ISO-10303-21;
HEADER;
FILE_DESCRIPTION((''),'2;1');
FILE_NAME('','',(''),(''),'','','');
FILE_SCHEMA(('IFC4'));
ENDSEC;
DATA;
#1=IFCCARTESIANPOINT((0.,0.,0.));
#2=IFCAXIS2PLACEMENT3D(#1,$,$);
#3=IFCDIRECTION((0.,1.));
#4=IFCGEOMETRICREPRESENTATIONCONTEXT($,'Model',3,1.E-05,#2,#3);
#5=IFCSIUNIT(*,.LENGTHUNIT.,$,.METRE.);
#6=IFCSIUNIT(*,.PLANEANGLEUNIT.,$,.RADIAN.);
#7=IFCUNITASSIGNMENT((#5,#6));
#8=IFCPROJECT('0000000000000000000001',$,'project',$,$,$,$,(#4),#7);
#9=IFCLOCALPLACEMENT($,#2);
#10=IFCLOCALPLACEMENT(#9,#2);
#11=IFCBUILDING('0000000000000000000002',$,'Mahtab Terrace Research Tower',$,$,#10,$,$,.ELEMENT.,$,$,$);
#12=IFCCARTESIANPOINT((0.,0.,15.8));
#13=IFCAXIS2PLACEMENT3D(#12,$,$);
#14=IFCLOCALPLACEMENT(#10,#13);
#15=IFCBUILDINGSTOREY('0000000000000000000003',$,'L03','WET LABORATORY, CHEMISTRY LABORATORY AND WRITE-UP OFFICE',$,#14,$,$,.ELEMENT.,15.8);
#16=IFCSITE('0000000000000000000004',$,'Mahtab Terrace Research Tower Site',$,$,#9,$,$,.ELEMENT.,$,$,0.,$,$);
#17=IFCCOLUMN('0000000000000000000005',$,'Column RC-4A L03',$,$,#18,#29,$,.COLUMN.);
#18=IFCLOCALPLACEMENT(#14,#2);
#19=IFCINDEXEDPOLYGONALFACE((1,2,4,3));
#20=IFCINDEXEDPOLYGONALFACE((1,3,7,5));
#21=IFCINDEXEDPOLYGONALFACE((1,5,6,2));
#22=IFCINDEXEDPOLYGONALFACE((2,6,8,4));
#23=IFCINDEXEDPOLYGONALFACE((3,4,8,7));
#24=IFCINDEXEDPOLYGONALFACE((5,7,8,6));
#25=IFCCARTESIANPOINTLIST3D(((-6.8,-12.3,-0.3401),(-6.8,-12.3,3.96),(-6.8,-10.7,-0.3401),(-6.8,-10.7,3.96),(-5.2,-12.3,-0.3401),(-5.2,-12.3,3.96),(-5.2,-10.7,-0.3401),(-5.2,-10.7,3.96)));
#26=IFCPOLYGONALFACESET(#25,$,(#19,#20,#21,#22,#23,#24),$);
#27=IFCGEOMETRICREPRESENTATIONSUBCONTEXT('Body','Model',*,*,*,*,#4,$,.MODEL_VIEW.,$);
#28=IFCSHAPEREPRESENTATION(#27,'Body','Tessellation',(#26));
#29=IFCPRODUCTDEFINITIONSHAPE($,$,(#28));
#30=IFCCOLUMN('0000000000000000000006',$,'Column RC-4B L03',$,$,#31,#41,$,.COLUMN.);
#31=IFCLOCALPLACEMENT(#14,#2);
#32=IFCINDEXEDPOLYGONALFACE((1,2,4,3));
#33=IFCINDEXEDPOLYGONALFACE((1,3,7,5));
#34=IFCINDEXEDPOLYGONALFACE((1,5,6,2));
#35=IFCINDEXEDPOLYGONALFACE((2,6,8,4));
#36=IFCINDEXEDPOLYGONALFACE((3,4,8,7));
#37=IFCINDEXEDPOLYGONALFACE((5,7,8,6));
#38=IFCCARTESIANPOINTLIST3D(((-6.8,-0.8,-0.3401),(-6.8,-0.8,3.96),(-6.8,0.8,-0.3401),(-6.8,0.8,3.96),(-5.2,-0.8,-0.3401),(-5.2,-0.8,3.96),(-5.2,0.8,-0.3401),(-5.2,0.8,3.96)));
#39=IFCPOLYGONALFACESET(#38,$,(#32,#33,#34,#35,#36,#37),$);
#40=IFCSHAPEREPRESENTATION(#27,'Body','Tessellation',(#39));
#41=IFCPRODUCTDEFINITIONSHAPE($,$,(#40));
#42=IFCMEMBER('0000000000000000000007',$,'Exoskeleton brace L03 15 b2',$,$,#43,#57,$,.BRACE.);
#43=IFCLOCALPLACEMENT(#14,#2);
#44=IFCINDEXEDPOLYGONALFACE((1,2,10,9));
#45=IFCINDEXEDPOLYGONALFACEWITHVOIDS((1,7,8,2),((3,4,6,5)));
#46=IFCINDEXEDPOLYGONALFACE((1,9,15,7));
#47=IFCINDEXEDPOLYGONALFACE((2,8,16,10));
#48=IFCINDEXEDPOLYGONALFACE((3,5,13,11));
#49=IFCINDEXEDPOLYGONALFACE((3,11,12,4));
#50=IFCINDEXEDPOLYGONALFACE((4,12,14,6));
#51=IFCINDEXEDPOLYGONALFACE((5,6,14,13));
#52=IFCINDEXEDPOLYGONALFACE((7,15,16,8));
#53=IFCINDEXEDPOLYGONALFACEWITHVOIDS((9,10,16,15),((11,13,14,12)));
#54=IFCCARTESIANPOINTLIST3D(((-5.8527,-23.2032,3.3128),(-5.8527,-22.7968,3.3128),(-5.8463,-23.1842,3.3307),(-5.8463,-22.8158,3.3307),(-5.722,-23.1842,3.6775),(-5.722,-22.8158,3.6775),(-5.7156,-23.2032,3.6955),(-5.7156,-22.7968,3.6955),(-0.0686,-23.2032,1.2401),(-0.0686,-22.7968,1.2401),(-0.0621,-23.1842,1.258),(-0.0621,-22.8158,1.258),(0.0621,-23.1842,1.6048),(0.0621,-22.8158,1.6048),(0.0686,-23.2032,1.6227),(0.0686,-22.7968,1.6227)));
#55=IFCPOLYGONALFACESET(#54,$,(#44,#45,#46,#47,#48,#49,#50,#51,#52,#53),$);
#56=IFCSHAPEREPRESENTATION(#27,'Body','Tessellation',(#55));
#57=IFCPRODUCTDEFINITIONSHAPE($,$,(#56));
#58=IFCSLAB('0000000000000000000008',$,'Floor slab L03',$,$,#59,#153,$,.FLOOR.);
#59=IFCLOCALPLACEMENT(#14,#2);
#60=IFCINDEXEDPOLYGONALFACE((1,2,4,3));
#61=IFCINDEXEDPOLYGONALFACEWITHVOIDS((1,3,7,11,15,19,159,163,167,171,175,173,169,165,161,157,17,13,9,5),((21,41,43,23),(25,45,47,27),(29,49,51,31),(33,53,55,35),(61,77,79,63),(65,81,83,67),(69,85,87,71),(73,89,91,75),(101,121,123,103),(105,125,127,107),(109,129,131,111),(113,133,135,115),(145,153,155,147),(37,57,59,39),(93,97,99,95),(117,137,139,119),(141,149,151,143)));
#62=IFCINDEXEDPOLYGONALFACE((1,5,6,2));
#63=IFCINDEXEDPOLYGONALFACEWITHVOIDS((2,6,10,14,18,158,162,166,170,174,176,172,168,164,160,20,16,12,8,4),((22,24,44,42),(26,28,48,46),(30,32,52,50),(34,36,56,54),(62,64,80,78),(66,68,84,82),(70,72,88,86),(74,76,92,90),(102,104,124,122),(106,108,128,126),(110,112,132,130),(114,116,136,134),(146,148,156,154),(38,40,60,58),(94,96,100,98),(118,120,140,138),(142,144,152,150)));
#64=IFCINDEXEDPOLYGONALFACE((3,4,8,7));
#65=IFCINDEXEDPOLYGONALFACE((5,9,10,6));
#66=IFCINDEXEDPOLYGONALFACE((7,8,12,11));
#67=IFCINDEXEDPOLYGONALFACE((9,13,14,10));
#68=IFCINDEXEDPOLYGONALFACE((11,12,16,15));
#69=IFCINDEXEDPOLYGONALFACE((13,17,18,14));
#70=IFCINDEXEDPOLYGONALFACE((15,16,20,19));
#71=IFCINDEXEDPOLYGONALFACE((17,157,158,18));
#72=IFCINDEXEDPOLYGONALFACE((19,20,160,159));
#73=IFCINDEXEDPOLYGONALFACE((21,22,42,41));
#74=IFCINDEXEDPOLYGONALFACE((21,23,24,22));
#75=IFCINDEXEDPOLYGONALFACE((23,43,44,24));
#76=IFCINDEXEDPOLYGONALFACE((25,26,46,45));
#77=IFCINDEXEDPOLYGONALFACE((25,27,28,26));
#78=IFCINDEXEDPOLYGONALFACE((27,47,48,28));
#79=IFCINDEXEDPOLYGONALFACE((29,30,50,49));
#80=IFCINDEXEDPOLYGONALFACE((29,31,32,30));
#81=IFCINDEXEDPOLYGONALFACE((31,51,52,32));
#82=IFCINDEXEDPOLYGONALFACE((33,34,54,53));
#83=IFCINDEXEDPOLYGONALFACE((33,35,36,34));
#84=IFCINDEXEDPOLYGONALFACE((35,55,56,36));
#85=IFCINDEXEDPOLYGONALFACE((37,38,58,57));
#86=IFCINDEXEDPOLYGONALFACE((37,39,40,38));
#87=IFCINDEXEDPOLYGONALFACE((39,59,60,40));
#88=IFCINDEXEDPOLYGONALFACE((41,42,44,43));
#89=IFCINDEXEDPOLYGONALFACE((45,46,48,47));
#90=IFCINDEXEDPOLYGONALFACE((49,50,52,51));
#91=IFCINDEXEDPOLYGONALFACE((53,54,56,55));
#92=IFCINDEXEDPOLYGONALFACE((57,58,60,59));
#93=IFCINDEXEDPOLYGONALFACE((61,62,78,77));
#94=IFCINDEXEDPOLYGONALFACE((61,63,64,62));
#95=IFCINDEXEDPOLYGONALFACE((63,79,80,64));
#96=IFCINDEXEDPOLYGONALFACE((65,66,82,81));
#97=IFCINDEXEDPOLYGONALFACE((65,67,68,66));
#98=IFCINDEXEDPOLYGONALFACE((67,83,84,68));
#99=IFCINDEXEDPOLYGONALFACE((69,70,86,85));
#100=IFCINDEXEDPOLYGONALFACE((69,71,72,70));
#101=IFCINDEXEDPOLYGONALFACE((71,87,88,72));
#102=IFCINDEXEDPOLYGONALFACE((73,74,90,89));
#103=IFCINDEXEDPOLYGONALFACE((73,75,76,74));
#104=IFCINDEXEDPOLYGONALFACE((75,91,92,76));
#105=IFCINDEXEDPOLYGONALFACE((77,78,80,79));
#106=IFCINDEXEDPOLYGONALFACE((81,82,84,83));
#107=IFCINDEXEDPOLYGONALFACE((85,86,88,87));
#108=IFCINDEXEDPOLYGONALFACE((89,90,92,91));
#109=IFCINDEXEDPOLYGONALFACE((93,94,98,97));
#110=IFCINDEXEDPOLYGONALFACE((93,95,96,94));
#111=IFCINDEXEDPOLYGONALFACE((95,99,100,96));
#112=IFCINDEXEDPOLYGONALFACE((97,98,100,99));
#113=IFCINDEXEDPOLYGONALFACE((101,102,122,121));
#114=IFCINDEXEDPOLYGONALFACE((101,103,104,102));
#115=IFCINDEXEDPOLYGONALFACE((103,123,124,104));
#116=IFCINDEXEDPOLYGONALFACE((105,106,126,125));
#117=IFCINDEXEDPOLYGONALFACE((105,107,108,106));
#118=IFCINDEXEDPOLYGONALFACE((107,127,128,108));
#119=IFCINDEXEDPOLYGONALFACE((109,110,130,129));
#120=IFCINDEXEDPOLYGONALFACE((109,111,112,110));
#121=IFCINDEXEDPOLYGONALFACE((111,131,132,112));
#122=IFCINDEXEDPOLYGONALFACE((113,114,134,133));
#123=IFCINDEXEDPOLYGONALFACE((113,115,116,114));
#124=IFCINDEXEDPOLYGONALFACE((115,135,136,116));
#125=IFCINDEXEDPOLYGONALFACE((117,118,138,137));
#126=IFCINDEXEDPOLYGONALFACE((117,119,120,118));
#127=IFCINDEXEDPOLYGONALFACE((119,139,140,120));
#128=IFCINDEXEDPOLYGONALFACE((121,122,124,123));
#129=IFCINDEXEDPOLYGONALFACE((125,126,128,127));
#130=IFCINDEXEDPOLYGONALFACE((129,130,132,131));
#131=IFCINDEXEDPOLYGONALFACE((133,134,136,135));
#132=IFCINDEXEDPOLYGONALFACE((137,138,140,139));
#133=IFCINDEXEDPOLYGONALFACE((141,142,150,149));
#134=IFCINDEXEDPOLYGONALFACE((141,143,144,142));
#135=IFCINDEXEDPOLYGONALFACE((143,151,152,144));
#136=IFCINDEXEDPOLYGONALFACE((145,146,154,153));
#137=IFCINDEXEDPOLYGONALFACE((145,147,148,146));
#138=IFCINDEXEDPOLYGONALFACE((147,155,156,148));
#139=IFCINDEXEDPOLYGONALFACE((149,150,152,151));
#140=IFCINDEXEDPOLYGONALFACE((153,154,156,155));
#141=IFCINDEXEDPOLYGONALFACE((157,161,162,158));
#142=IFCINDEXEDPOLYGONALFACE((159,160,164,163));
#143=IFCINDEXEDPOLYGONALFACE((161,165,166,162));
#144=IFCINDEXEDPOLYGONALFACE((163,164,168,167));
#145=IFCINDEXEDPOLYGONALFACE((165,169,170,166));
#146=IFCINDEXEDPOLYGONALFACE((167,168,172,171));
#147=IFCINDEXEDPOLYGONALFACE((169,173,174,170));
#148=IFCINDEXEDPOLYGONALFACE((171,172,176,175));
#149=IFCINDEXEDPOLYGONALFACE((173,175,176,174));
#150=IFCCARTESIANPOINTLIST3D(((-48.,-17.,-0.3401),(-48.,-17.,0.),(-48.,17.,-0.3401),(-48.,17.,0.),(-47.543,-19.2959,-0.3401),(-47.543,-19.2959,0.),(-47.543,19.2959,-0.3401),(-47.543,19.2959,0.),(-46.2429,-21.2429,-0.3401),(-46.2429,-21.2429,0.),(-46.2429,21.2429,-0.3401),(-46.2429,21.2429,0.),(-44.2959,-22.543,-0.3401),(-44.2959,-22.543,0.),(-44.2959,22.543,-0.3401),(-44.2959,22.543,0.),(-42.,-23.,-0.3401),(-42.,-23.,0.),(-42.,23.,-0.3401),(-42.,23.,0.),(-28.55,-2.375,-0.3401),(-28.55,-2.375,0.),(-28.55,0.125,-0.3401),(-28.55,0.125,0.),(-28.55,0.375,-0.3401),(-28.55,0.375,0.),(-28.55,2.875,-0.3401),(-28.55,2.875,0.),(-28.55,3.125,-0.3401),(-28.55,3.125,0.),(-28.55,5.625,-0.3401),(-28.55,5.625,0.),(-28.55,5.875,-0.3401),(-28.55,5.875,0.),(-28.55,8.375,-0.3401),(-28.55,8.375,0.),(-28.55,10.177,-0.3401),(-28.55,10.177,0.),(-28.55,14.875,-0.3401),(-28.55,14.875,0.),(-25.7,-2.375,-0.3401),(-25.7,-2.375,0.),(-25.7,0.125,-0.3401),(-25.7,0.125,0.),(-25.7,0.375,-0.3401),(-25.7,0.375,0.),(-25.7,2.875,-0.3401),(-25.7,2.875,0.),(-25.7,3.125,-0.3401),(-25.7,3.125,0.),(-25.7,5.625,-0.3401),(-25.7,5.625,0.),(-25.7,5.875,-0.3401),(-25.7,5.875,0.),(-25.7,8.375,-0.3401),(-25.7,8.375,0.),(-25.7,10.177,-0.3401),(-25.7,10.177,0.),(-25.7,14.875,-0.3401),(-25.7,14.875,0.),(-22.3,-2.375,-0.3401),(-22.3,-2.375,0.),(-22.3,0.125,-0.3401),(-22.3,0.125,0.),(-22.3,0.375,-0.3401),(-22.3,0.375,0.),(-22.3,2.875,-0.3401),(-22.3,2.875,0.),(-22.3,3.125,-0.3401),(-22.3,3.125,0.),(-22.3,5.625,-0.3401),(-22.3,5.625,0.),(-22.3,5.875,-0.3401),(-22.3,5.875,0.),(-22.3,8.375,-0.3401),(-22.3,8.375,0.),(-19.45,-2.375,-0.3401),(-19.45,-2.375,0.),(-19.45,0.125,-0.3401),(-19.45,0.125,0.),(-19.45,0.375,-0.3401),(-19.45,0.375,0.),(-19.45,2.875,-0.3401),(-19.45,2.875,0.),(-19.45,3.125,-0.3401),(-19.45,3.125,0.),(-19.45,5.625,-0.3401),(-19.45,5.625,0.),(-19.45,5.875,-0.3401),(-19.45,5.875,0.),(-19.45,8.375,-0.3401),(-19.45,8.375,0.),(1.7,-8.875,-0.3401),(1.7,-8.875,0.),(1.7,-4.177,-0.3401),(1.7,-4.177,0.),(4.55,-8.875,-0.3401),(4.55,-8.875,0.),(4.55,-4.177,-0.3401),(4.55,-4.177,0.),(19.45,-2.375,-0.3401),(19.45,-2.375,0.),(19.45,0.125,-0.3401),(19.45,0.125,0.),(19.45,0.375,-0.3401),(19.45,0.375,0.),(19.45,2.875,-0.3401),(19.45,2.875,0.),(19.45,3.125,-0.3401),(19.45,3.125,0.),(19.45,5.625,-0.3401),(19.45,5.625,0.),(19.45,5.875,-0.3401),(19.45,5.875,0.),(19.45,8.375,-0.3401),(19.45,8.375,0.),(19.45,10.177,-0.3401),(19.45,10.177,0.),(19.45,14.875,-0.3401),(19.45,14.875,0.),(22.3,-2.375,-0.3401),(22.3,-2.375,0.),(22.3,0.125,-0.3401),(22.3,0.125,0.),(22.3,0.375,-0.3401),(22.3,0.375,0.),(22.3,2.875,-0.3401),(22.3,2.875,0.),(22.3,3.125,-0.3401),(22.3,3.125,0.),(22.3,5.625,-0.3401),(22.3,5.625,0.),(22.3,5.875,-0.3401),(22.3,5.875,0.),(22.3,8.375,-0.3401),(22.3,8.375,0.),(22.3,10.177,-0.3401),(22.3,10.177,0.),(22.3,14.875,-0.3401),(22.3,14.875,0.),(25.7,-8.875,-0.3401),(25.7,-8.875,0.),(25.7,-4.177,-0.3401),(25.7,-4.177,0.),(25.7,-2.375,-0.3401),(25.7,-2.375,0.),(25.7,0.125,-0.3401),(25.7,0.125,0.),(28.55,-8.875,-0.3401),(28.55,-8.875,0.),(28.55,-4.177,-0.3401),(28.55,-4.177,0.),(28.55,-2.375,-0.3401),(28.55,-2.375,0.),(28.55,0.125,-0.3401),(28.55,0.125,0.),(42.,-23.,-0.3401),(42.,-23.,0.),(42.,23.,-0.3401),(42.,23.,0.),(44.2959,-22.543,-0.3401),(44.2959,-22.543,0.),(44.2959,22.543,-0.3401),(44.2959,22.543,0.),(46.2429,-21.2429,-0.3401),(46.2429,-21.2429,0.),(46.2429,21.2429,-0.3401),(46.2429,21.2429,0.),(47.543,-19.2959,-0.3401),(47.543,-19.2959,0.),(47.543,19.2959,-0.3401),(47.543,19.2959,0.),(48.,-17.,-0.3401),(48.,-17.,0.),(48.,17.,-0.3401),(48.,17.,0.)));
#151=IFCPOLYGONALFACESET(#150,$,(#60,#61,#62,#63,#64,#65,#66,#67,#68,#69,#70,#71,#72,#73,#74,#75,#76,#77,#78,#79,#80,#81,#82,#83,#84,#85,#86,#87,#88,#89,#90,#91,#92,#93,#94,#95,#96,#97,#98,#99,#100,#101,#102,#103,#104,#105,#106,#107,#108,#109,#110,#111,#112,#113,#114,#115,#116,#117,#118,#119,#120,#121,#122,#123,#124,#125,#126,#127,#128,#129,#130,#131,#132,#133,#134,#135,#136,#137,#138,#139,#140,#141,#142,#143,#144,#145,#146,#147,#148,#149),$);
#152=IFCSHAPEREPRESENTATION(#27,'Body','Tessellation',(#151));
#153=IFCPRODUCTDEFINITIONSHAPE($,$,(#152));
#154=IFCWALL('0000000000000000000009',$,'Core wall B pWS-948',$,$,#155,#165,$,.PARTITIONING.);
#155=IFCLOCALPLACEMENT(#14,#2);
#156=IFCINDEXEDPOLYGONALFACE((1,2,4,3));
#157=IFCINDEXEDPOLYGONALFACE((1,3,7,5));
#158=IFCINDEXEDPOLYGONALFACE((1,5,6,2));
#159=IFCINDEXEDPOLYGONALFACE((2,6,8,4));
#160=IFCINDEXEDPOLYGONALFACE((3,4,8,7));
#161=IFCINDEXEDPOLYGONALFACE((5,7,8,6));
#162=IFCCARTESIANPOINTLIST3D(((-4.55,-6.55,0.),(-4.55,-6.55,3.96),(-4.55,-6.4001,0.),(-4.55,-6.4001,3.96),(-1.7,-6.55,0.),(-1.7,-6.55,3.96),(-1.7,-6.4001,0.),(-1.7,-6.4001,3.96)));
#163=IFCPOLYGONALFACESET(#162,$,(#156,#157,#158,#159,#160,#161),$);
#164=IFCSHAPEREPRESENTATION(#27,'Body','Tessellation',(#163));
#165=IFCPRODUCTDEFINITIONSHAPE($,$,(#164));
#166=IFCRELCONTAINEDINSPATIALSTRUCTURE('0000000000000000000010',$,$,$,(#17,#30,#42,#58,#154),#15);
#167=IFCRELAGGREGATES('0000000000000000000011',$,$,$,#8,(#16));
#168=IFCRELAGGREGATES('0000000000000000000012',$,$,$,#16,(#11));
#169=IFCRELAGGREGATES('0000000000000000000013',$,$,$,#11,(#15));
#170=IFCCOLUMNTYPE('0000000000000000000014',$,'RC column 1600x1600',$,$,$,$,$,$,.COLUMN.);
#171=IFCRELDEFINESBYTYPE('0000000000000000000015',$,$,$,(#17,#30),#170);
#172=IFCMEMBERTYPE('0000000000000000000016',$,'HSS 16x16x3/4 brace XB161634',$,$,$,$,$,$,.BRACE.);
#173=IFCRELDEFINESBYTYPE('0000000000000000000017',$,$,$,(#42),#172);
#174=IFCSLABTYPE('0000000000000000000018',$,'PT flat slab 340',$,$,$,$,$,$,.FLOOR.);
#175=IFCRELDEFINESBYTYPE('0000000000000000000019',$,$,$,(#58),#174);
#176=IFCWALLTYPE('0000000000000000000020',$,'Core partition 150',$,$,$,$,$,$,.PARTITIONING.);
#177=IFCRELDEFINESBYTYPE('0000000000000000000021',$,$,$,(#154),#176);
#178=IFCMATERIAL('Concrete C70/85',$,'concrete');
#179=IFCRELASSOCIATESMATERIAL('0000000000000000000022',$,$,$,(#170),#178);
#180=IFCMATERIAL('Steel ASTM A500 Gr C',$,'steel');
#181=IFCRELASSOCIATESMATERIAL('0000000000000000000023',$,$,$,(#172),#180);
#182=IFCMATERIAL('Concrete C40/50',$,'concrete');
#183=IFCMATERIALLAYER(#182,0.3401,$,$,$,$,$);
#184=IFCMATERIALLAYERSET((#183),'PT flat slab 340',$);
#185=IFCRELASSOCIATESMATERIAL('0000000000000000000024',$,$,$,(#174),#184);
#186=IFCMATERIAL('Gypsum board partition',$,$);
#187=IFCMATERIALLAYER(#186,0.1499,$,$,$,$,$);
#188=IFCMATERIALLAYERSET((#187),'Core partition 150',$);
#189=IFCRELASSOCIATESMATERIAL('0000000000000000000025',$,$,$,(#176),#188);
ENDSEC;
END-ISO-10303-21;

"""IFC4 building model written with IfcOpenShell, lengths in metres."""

from ifc_helpers import new_model, si_unit, direction, frame, frame_2d, origin, origin_2d, place, context, subcontext, project, spatial, polyline, rectangle, hollow_rectangle, outline, extrude, material, layer, layer_set, material_profile, profile_set, type_object, element, save


model = new_model("IFC4")

# Units and contexts
model_context = context("Model", 3, precision=1e-05, world=origin(), true_north=direction((0.0, 1.0)))
body_context = subcontext(model_context, "Body", "Model", "MODEL_VIEW")
ifc_project = project(units=[si_unit("LENGTHUNIT", "METRE"), si_unit("PLANEANGLEUNIT", "RADIAN")], contexts=[model_context])

# Site, building, storey
site_placement = place(None, origin())
site = spatial("IfcSite", under=ifc_project, at=site_placement, Name="Mahtab Terrace Research Tower Site", CompositionType="ELEMENT", RefElevation=0.0)
building_placement = place(site_placement, origin())
building = spatial("IfcBuilding", under=site, at=building_placement, Name="Mahtab Terrace Research Tower", CompositionType="ELEMENT")
storey_placement = place(building_placement, frame((0.0, 0.0, 15.8)))
storey = spatial("IfcBuildingStorey", under=building, at=storey_placement, Name="L03", Description="WET LABORATORY, CHEMISTRY LABORATORY AND WRITE-UP OFFICE", CompositionType="ELEMENT", Elevation=15.8)

# Columns
ifc_material_1 = material(Name="Concrete C70/85", Category="concrete")
ifc_material_profile_1 = material_profile(ifc_material_1, rectangle(XDim=1.6001, YDim=1.6001, at=origin_2d()), Name="RC column 1600x1600")
ifc_profile_set_1 = profile_set([ifc_material_profile_1], Name="Concrete C70/85")
column_type = type_object("IfcColumnType", Name="RC column 1600x1600", PredefinedType="COLUMN", material=ifc_profile_set_1)
for number, where, z_axis, x_axis, name in (
    (1, (-6.0, -11.5, -0.3401), (0.0, 0.0, 1.0), (1.0, 0.0, 0.0), "Column RC-4A L03"),
    (2, (-6.0, 0.0, -0.3401), (0.0, 0.0, 1.0), (1.0, 0.0, 0.0), "Column RC-4B L03"),
):
    element("IfcColumn", number, at=place(storey_placement, frame(where, z_axis=z_axis, x_axis=x_axis)), inside=storey, type_object=column_type, Name=name, PredefinedType="COLUMN", context=body_context, shape_type="SweptSolid", body=[
        extrude(rectangle(XDim=1.6001, YDim=1.6001, at=origin_2d()), origin(), (0.0, 0.0, 1.0), 4.3),
    ])

# Member
ifc_material_2 = material(Name="Steel ASTM A500 Gr C", Category="steel")
ifc_material_profile_2 = material_profile(ifc_material_2, hollow_rectangle(XDim=0.4065, YDim=0.4065, WallThickness=0.019, at=origin_2d()), Name="HSS16X16X3/4")
ifc_profile_set_2 = profile_set([ifc_material_profile_2], Name="Steel ASTM A500 Gr C")
member_type = type_object("IfcMemberType", Name="HSS 16x16x3/4 brace XB161634", PredefinedType="BRACE", material=ifc_profile_set_2)
member_placement = place(storey_placement, frame((0.0, -23.0, 1.4314), z_axis=(-0.941382, 0.0, 0.337343), x_axis=(0.0, -1.0, 0.0)))
element("IfcMember", 3, at=member_placement, inside=storey, type_object=member_type, Name="Exoskeleton brace L03 15 b2", PredefinedType="BRACE", context=body_context, shape_type="SweptSolid", body=[
    extrude(hollow_rectangle(XDim=0.4065, YDim=0.4065, WallThickness=0.019, at=origin_2d()), origin(), (0.0, 0.0, 1.0), 6.1443),
])

# Slab
ifc_material_3 = material(Name="Concrete C40/50", Category="concrete")
ifc_layer_1 = layer(ifc_material_3, 0.3401)
ifc_layer_set_1 = layer_set([ifc_layer_1], Name="PT flat slab 340")
slab_type = type_object("IfcSlabType", Name="PT flat slab 340", PredefinedType="FLOOR", material=ifc_layer_set_1)
slab_placement = place(storey_placement, frame((0.0, 0.0, -0.3401)))
element("IfcSlab", 4, at=slab_placement, inside=storey, type_object=slab_type, Name="Floor slab L03", PredefinedType="FLOOR", context=body_context, shape_type="SweptSolid", body=[
    extrude(outline(polyline([(47.543, 19.2959), (46.2429, 21.2429), (44.2959, 22.543), (42.0, 23.0), (-42.0, 23.0), (-44.2959, 22.543), (-46.2429, 21.2429), (-47.543, 19.2959), (-48.0, 17.0), (-48.0, -17.0), (-47.543, -19.2959), (-46.2429, -21.2429), (-44.2959, -22.543), (-42.0, -23.0), (42.0, -23.0), (44.2959, -22.543), (46.2429, -21.2429), (47.543, -19.2959), (48.0, -17.0), (48.0, 17.0), (47.543, 19.2959)]), holes=[polyline([(-28.55, -2.375), (-28.55, 0.125), (-25.7, 0.125), (-25.7, -2.375), (-28.55, -2.375)]), polyline([(-22.3, -2.375), (-22.3, 0.125), (-19.45, 0.125), (-19.45, -2.375), (-22.3, -2.375)]), polyline([(-28.55, 0.375), (-28.55, 2.875), (-25.7, 2.875), (-25.7, 0.375), (-28.55, 0.375)]), polyline([(-22.3, 0.375), (-22.3, 2.875), (-19.45, 2.875), (-19.45, 0.375), (-22.3, 0.375)]), polyline([(-28.55, 3.125), (-28.55, 5.625), (-25.7, 5.625), (-25.7, 3.125), (-28.55, 3.125)]), polyline([(-22.3, 3.125), (-22.3, 5.625), (-19.45, 5.625), (-19.45, 3.125), (-22.3, 3.125)]), polyline([(-28.55, 5.875), (-28.55, 8.375), (-25.7, 8.375), (-25.7, 5.875), (-28.55, 5.875)]), polyline([(-22.3, 5.875), (-22.3, 8.375), (-19.45, 8.375), (-19.45, 5.875), (-22.3, 5.875)]), polyline([(-28.55, 10.177), (-28.55, 14.875), (-25.7, 14.875), (-25.7, 10.177), (-28.55, 10.177)]), polyline([(1.7, -8.875), (1.7, -4.177), (4.55, -4.177), (4.55, -8.875), (1.7, -8.875)]), polyline([(25.7, -8.875), (25.7, -4.177), (28.55, -4.177), (28.55, -8.875), (25.7, -8.875)]), polyline([(19.45, -2.375), (19.45, 0.125), (22.3, 0.125), (22.3, -2.375), (19.45, -2.375)]), polyline([(25.7, -2.375), (25.7, 0.125), (28.55, 0.125), (28.55, -2.375), (25.7, -2.375)]), polyline([(19.45, 0.375), (19.45, 2.875), (22.3, 2.875), (22.3, 0.375), (19.45, 0.375)]), polyline([(19.45, 3.125), (19.45, 5.625), (22.3, 5.625), (22.3, 3.125), (19.45, 3.125)]), polyline([(19.45, 8.375), (22.3, 8.375), (22.3, 5.875), (19.45, 5.875), (19.45, 8.375)]), polyline([(19.45, 14.875), (22.3, 14.875), (22.3, 10.177), (19.45, 10.177), (19.45, 14.875)])]), origin(), (0.0, 0.0, 1.0), 0.3401),
])

# Wall
ifc_material_4 = material(Name="Gypsum board partition")
ifc_layer_2 = layer(ifc_material_4, 0.1499)
ifc_layer_set_2 = layer_set([ifc_layer_2], Name="Core partition 150")
wall_type_1 = type_object("IfcWallType", Name="Core partition 150", PredefinedType="PARTITIONING", material=ifc_layer_set_2)
wall_1_placement = place(storey_placement, frame((-4.55, -6.4751, 0.0), z_axis=(0.0, 0.0, 1.0), x_axis=(1.0, 0.0, 0.0)))
element("IfcWall", 5, at=wall_1_placement, inside=storey, type_object=wall_type_1, Name="Core wall B pWS-948", PredefinedType="PARTITIONING", context=body_context, shape_type="SweptSolid", body=[
    extrude(rectangle(XDim=2.8501, YDim=0.1499, at=frame_2d((1.425, 0.0))), origin(), (0.0, 0.0, 1.0), 3.96),
])

save(model, "model.ifc")
